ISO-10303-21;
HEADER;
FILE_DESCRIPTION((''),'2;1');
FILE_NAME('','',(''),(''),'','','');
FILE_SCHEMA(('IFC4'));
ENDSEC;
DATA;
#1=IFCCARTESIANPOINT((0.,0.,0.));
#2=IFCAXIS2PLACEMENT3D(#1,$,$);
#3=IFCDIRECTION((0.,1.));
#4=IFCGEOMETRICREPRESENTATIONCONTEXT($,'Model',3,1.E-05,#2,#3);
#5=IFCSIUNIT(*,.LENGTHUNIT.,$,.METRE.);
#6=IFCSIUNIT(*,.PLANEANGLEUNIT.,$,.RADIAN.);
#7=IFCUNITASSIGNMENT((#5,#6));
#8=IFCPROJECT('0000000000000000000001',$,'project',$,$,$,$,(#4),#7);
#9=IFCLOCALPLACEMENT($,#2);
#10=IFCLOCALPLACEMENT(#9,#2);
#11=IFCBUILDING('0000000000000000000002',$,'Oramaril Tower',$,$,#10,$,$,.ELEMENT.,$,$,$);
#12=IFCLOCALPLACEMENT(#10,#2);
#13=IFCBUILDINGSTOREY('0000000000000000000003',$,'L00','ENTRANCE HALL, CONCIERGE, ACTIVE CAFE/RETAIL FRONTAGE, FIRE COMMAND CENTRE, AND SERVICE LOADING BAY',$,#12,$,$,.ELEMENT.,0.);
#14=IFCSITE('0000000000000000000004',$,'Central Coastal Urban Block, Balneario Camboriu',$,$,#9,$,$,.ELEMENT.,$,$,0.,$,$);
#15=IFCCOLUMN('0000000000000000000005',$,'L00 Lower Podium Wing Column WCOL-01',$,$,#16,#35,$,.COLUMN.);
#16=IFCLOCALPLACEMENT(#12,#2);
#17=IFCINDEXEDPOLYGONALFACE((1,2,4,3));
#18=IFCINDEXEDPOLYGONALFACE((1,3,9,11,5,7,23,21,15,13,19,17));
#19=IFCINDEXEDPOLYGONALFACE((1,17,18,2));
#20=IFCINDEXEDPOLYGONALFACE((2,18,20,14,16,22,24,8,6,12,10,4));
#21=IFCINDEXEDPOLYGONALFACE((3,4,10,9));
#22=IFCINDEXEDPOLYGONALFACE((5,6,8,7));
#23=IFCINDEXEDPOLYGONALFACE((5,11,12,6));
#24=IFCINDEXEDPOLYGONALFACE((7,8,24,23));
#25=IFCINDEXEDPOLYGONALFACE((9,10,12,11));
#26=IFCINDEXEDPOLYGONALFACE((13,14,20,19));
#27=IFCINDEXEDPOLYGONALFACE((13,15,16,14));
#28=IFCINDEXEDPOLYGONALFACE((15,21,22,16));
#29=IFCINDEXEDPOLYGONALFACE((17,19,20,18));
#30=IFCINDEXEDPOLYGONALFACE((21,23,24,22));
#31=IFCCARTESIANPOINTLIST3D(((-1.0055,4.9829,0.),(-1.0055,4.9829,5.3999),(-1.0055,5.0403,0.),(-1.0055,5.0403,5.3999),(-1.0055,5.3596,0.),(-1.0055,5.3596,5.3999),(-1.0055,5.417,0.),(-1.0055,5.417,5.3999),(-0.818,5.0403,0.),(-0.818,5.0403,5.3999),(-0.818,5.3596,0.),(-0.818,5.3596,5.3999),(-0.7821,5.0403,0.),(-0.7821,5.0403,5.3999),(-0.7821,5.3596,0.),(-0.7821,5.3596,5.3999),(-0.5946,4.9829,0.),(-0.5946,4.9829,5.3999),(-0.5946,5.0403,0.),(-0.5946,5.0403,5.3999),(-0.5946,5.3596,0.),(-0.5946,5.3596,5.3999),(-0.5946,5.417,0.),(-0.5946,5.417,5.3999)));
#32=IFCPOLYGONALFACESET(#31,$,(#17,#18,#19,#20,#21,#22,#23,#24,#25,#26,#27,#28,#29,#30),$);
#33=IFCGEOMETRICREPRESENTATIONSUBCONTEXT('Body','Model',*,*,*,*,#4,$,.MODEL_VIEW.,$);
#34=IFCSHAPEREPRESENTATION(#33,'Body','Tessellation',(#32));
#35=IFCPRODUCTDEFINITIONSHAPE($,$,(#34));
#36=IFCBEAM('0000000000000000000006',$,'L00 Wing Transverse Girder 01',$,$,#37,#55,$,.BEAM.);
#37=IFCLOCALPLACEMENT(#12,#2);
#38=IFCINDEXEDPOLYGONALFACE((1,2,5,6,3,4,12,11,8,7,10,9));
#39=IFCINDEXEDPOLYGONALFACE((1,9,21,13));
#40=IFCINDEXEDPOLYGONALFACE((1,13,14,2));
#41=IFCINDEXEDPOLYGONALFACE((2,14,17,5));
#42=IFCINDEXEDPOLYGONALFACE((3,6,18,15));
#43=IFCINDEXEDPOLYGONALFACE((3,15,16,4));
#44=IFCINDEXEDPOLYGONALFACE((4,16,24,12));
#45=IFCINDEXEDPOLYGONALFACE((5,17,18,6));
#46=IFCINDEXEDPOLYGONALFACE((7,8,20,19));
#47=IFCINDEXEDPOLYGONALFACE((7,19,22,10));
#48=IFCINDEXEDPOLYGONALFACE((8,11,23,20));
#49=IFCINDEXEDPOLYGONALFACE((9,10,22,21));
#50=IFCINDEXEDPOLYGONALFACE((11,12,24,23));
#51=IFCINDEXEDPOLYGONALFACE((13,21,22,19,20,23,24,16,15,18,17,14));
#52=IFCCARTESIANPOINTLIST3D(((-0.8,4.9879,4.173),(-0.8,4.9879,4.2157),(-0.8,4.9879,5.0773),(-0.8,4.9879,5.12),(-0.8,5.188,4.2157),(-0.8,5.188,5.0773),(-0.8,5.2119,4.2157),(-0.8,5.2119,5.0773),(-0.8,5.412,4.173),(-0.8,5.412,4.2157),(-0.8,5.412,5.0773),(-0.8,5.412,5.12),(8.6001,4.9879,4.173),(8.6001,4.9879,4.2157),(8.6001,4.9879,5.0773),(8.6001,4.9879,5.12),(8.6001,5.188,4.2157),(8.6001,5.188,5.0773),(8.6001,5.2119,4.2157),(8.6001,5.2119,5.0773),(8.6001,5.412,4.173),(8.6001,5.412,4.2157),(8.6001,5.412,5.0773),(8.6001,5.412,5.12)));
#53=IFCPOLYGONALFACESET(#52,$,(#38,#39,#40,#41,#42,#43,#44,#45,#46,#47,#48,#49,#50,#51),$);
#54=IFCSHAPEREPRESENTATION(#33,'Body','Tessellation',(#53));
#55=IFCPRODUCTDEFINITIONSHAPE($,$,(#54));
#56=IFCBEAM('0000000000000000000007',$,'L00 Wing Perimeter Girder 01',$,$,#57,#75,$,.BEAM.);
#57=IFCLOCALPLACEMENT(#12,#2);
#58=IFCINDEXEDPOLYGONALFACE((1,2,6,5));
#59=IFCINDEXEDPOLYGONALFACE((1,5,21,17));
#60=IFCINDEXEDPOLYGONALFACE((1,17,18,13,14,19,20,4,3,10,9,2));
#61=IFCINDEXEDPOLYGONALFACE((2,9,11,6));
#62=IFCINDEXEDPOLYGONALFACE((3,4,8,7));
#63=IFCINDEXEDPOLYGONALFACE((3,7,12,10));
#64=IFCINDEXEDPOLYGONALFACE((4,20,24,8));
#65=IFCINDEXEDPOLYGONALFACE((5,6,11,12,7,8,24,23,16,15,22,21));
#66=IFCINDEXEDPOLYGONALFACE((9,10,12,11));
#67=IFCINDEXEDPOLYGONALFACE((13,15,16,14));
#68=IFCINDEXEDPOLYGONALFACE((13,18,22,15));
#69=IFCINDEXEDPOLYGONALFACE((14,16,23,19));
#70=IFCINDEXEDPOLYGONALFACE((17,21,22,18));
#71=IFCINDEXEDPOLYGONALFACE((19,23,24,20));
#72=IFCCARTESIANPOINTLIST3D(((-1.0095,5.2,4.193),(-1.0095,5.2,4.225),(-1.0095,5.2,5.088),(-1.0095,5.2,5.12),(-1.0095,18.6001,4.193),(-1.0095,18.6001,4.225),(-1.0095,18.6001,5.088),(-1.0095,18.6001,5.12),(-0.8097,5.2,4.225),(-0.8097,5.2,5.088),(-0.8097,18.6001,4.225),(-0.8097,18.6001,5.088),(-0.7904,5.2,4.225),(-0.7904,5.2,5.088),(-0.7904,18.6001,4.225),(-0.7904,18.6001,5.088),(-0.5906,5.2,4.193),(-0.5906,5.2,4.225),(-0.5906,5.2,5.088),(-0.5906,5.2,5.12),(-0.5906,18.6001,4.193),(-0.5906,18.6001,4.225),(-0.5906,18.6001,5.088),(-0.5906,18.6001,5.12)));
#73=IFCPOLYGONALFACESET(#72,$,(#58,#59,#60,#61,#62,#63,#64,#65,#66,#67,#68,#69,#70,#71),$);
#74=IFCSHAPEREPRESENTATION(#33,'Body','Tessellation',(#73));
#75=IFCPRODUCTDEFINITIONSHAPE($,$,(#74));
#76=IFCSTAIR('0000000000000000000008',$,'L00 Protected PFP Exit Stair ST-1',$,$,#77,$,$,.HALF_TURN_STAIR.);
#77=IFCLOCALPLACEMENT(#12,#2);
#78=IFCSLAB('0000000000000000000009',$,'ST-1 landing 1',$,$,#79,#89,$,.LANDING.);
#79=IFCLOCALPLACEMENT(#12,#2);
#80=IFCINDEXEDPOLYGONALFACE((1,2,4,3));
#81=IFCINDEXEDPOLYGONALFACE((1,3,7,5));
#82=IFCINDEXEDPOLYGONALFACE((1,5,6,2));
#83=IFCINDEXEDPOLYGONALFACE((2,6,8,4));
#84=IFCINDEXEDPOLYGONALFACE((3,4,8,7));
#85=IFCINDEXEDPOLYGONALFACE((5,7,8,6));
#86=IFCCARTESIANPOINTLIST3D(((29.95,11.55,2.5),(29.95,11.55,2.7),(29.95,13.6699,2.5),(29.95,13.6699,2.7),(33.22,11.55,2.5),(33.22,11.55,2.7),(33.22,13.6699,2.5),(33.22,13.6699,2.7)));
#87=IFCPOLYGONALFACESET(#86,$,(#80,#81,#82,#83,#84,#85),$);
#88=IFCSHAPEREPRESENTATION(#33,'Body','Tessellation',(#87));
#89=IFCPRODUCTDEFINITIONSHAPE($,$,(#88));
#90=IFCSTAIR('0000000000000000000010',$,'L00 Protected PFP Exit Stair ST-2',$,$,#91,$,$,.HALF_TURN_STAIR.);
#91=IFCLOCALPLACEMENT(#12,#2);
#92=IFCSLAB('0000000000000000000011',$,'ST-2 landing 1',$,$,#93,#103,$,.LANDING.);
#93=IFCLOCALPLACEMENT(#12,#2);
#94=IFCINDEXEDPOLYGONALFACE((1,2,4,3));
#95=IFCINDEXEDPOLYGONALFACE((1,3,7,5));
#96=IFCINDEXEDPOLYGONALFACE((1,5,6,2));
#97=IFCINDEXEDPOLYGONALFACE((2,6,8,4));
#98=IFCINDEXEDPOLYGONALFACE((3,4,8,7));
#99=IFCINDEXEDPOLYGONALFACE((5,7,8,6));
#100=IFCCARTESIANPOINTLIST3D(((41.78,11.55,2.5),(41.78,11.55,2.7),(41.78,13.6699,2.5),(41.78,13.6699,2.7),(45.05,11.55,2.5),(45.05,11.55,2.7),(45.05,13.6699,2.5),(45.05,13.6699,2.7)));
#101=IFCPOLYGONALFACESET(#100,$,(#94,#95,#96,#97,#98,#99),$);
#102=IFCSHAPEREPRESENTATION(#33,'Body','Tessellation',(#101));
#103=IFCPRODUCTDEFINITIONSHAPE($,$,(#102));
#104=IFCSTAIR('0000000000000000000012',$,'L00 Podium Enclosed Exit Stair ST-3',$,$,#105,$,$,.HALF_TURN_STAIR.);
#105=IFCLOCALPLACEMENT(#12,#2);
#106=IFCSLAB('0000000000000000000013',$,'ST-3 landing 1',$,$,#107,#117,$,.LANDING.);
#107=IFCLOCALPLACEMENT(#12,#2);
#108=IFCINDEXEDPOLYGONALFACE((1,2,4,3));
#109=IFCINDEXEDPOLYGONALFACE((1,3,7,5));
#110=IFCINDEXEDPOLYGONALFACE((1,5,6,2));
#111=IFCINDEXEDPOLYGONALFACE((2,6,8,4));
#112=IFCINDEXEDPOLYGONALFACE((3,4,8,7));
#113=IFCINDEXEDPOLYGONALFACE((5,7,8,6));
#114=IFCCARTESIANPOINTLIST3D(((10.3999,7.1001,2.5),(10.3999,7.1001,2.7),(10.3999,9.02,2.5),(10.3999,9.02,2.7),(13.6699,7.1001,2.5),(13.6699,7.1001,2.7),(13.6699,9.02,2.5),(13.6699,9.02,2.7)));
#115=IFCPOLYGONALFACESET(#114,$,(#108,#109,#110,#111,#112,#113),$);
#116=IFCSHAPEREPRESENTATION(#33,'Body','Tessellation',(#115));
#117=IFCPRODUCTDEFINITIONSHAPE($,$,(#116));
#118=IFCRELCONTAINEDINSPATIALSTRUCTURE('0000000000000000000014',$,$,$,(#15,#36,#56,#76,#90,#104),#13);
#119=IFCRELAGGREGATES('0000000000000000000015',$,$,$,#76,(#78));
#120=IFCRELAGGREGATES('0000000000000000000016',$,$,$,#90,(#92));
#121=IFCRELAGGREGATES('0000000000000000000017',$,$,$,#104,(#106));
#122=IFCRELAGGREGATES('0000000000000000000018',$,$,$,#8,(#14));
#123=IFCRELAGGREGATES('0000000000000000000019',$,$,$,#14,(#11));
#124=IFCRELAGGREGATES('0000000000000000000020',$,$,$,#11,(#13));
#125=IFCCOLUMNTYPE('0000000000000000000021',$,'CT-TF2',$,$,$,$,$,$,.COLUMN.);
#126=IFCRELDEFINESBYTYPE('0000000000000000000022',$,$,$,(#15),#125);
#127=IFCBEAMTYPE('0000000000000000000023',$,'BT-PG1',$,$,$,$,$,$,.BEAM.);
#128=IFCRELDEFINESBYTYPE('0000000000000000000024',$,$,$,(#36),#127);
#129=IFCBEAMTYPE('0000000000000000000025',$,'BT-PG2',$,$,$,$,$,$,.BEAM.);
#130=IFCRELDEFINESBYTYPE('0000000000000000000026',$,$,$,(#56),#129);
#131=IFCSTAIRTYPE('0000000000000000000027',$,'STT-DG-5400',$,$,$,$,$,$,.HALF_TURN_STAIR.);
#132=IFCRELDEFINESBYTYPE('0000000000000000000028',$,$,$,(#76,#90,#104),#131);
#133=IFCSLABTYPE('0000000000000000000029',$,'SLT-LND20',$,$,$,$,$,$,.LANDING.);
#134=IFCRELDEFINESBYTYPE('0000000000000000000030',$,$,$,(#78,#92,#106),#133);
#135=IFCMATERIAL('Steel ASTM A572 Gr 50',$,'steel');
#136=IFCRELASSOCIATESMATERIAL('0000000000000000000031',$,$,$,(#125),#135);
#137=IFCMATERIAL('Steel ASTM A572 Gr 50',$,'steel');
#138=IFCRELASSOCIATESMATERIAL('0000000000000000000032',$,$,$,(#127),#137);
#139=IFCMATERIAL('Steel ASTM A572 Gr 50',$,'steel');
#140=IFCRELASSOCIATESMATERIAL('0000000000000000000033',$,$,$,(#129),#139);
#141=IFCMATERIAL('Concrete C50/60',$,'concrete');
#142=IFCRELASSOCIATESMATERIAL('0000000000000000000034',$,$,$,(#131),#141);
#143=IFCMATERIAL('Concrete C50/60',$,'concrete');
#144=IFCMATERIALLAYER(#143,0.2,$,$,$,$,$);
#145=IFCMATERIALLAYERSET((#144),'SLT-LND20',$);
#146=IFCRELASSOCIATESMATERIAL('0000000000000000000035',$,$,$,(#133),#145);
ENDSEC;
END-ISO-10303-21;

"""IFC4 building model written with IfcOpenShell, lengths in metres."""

from ifc_helpers import new_model, si_unit, direction, frame, origin, origin_2d, place, context, subcontext, project, spatial, polyline, i_section, outline, extrude, material, layer, layer_set, material_profile, profile_set, type_object, element, aggregate, save


model = new_model("IFC4")

# Units and contexts
model_context = context("Model", 3, precision=1e-05, world=origin(), true_north=direction((0.0, 1.0)))
body_context = subcontext(model_context, "Body", "Model", "MODEL_VIEW")
ifc_project = project(units=[si_unit("LENGTHUNIT", "METRE"), si_unit("PLANEANGLEUNIT", "RADIAN")], contexts=[model_context])

# Site, building, storey
site_placement = place(None, origin())
site = spatial("IfcSite", under=ifc_project, at=site_placement, Name="Central Coastal Urban Block, Balneario Camboriu", CompositionType="ELEMENT", RefElevation=0.0)
building_placement = place(site_placement, origin())
building = spatial("IfcBuilding", under=site, at=building_placement, Name="Oramaril Tower", CompositionType="ELEMENT")
storey_placement = place(building_placement, origin())
storey = spatial("IfcBuildingStorey", under=building, at=storey_placement, Name="L00", Description="ENTRANCE HALL, CONCIERGE, ACTIVE CAFE/RETAIL FRONTAGE, FIRE COMMAND CENTRE, AND SERVICE LOADING BAY", CompositionType="ELEMENT", Elevation=0.0)

# Column
ifc_material_1 = material(Name="Steel ASTM A572 Gr 50", Category="steel")
ifc_material_profile_1 = material_profile(ifc_material_1, i_section(OverallWidth=0.4109, OverallDepth=0.4341, WebThickness=0.0359, FlangeThickness=0.0574, at=origin_2d()), Name="W14X311")
ifc_profile_set_1 = profile_set([ifc_material_profile_1], Name="Steel ASTM A572 Gr 50")
column_type = type_object("IfcColumnType", Name="CT-TF2", PredefinedType="COLUMN", material=ifc_profile_set_1)
column_placement = place(storey_placement, frame((-0.8, 5.2, 0.0), z_axis=(0.0, 0.0, 1.0), x_axis=(1.0, 0.0, 0.0)))
element("IfcColumn", 1, at=column_placement, inside=storey, type_object=column_type, Name="L00 Lower Podium Wing Column WCOL-01", PredefinedType="COLUMN", context=body_context, shape_type="SweptSolid", body=[
    extrude(i_section(OverallWidth=0.4109, OverallDepth=0.4341, WebThickness=0.0359, FlangeThickness=0.0574, at=origin_2d()), origin(), (0.0, 0.0, 1.0), 5.3999),
])

# Beams
ifc_material_2 = material(Name="Steel ASTM A572 Gr 50", Category="steel")
ifc_material_profile_2 = material_profile(ifc_material_2, i_section(OverallWidth=0.4241, OverallDepth=0.947, WebThickness=0.0239, FlangeThickness=0.0427, at=origin_2d()), Name="W36X302")
ifc_profile_set_2 = profile_set([ifc_material_profile_2], Name="Steel ASTM A572 Gr 50")
beam_type_1 = type_object("IfcBeamType", Name="BT-PG1", PredefinedType="BEAM", material=ifc_profile_set_2)
beam_1_placement = place(storey_placement, frame((-0.8, 5.2, 4.6465), z_axis=(1.0, 0.0, 0.0), x_axis=(0.0, 1.0, 0.0)))
element("IfcBeam", 2, at=beam_1_placement, inside=storey, type_object=beam_type_1, Name="L00 Wing Transverse Girder 01", PredefinedType="BEAM", context=body_context, shape_type="SweptSolid", body=[
    extrude(i_section(OverallWidth=0.4241, OverallDepth=0.947, WebThickness=0.0239, FlangeThickness=0.0427, at=origin_2d()), origin(), (0.0, 0.0, 1.0), 9.4001),
])
ifc_material_3 = material(Name="Steel ASTM A572 Gr 50", Category="steel")
ifc_material_profile_3 = material_profile(ifc_material_3, i_section(OverallWidth=0.4189, OverallDepth=0.927, WebThickness=0.0193, FlangeThickness=0.032, at=origin_2d()), Name="W36X231")
ifc_profile_set_3 = profile_set([ifc_material_profile_3], Name="Steel ASTM A572 Gr 50")
beam_type_2 = type_object("IfcBeamType", Name="BT-PG2", PredefinedType="BEAM", material=ifc_profile_set_3)
beam_2_placement = place(storey_placement, frame((-0.8, 5.2, 4.6565), z_axis=(0.0, 1.0, 0.0), x_axis=(-1.0, 0.0, 0.0)))
element("IfcBeam", 3, at=beam_2_placement, inside=storey, type_object=beam_type_2, Name="L00 Wing Perimeter Girder 01", PredefinedType="BEAM", context=body_context, shape_type="SweptSolid", body=[
    extrude(i_section(OverallWidth=0.4189, OverallDepth=0.927, WebThickness=0.0193, FlangeThickness=0.032, at=origin_2d()), origin(), (0.0, 0.0, 1.0), 13.4001),
])

# Stairs, slabs
ifc_material_4 = material(Name="Concrete C50/60", Category="concrete")
stair_type = type_object("IfcStairType", Name="STT-DG-5400", PredefinedType="HALF_TURN_STAIR", material=ifc_material_4)
stair_1_placement = place(storey_placement, origin())
stair_1 = element("IfcStair", 4, at=stair_1_placement, inside=storey, type_object=stair_type, Name="L00 Protected PFP Exit Stair ST-1", PredefinedType="HALF_TURN_STAIR")
ifc_material_5 = material(Name="Concrete C50/60", Category="concrete")
ifc_layer_1 = layer(ifc_material_5, 0.2)
ifc_layer_set_1 = layer_set([ifc_layer_1], Name="SLT-LND20")
slab_type_1 = type_object("IfcSlabType", Name="SLT-LND20", PredefinedType="LANDING", material=ifc_layer_set_1)
slab_1_placement = place(storey_placement, frame((0.0, 0.0, 2.5)))
slab_1 = element("IfcSlab", 5, at=slab_1_placement, type_object=slab_type_1, Name="ST-1 landing 1", PredefinedType="LANDING", context=body_context, shape_type="SweptSolid", body=[
    extrude(outline(polyline([(29.95, 13.6699), (29.95, 11.55), (33.22, 11.55), (33.22, 13.6699), (29.95, 13.6699)])), origin(), (0.0, 0.0, 1.0), 0.2),
])
aggregate(stair_1, [slab_1])
stair_2_placement = place(storey_placement, origin())
stair_2 = element("IfcStair", 6, at=stair_2_placement, inside=storey, type_object=stair_type, Name="L00 Protected PFP Exit Stair ST-2", PredefinedType="HALF_TURN_STAIR")
slab_2_placement = place(storey_placement, frame((0.0, 0.0, 2.5)))
slab_2 = element("IfcSlab", 7, at=slab_2_placement, type_object=slab_type_1, Name="ST-2 landing 1", PredefinedType="LANDING", context=body_context, shape_type="SweptSolid", body=[
    extrude(outline(polyline([(41.78, 13.6699), (41.78, 11.55), (45.05, 11.55), (45.05, 13.6699), (41.78, 13.6699)])), origin(), (0.0, 0.0, 1.0), 0.2),
])
aggregate(stair_2, [slab_2])
stair_3_placement = place(storey_placement, origin())
stair_3 = element("IfcStair", 8, at=stair_3_placement, inside=storey, type_object=stair_type, Name="L00 Podium Enclosed Exit Stair ST-3", PredefinedType="HALF_TURN_STAIR")
slab_3_placement = place(storey_placement, frame((0.0, 0.0, 2.5)))
slab_3 = element("IfcSlab", 9, at=slab_3_placement, type_object=slab_type_1, Name="ST-3 landing 1", PredefinedType="LANDING", context=body_context, shape_type="SweptSolid", body=[
    extrude(outline(polyline([(10.3999, 9.02), (10.3999, 7.1001), (13.6699, 7.1001), (13.6699, 9.02), (10.3999, 9.02)])), origin(), (0.0, 0.0, 1.0), 0.2),
])
aggregate(stair_3, [slab_3])

save(model, "model.ifc")
